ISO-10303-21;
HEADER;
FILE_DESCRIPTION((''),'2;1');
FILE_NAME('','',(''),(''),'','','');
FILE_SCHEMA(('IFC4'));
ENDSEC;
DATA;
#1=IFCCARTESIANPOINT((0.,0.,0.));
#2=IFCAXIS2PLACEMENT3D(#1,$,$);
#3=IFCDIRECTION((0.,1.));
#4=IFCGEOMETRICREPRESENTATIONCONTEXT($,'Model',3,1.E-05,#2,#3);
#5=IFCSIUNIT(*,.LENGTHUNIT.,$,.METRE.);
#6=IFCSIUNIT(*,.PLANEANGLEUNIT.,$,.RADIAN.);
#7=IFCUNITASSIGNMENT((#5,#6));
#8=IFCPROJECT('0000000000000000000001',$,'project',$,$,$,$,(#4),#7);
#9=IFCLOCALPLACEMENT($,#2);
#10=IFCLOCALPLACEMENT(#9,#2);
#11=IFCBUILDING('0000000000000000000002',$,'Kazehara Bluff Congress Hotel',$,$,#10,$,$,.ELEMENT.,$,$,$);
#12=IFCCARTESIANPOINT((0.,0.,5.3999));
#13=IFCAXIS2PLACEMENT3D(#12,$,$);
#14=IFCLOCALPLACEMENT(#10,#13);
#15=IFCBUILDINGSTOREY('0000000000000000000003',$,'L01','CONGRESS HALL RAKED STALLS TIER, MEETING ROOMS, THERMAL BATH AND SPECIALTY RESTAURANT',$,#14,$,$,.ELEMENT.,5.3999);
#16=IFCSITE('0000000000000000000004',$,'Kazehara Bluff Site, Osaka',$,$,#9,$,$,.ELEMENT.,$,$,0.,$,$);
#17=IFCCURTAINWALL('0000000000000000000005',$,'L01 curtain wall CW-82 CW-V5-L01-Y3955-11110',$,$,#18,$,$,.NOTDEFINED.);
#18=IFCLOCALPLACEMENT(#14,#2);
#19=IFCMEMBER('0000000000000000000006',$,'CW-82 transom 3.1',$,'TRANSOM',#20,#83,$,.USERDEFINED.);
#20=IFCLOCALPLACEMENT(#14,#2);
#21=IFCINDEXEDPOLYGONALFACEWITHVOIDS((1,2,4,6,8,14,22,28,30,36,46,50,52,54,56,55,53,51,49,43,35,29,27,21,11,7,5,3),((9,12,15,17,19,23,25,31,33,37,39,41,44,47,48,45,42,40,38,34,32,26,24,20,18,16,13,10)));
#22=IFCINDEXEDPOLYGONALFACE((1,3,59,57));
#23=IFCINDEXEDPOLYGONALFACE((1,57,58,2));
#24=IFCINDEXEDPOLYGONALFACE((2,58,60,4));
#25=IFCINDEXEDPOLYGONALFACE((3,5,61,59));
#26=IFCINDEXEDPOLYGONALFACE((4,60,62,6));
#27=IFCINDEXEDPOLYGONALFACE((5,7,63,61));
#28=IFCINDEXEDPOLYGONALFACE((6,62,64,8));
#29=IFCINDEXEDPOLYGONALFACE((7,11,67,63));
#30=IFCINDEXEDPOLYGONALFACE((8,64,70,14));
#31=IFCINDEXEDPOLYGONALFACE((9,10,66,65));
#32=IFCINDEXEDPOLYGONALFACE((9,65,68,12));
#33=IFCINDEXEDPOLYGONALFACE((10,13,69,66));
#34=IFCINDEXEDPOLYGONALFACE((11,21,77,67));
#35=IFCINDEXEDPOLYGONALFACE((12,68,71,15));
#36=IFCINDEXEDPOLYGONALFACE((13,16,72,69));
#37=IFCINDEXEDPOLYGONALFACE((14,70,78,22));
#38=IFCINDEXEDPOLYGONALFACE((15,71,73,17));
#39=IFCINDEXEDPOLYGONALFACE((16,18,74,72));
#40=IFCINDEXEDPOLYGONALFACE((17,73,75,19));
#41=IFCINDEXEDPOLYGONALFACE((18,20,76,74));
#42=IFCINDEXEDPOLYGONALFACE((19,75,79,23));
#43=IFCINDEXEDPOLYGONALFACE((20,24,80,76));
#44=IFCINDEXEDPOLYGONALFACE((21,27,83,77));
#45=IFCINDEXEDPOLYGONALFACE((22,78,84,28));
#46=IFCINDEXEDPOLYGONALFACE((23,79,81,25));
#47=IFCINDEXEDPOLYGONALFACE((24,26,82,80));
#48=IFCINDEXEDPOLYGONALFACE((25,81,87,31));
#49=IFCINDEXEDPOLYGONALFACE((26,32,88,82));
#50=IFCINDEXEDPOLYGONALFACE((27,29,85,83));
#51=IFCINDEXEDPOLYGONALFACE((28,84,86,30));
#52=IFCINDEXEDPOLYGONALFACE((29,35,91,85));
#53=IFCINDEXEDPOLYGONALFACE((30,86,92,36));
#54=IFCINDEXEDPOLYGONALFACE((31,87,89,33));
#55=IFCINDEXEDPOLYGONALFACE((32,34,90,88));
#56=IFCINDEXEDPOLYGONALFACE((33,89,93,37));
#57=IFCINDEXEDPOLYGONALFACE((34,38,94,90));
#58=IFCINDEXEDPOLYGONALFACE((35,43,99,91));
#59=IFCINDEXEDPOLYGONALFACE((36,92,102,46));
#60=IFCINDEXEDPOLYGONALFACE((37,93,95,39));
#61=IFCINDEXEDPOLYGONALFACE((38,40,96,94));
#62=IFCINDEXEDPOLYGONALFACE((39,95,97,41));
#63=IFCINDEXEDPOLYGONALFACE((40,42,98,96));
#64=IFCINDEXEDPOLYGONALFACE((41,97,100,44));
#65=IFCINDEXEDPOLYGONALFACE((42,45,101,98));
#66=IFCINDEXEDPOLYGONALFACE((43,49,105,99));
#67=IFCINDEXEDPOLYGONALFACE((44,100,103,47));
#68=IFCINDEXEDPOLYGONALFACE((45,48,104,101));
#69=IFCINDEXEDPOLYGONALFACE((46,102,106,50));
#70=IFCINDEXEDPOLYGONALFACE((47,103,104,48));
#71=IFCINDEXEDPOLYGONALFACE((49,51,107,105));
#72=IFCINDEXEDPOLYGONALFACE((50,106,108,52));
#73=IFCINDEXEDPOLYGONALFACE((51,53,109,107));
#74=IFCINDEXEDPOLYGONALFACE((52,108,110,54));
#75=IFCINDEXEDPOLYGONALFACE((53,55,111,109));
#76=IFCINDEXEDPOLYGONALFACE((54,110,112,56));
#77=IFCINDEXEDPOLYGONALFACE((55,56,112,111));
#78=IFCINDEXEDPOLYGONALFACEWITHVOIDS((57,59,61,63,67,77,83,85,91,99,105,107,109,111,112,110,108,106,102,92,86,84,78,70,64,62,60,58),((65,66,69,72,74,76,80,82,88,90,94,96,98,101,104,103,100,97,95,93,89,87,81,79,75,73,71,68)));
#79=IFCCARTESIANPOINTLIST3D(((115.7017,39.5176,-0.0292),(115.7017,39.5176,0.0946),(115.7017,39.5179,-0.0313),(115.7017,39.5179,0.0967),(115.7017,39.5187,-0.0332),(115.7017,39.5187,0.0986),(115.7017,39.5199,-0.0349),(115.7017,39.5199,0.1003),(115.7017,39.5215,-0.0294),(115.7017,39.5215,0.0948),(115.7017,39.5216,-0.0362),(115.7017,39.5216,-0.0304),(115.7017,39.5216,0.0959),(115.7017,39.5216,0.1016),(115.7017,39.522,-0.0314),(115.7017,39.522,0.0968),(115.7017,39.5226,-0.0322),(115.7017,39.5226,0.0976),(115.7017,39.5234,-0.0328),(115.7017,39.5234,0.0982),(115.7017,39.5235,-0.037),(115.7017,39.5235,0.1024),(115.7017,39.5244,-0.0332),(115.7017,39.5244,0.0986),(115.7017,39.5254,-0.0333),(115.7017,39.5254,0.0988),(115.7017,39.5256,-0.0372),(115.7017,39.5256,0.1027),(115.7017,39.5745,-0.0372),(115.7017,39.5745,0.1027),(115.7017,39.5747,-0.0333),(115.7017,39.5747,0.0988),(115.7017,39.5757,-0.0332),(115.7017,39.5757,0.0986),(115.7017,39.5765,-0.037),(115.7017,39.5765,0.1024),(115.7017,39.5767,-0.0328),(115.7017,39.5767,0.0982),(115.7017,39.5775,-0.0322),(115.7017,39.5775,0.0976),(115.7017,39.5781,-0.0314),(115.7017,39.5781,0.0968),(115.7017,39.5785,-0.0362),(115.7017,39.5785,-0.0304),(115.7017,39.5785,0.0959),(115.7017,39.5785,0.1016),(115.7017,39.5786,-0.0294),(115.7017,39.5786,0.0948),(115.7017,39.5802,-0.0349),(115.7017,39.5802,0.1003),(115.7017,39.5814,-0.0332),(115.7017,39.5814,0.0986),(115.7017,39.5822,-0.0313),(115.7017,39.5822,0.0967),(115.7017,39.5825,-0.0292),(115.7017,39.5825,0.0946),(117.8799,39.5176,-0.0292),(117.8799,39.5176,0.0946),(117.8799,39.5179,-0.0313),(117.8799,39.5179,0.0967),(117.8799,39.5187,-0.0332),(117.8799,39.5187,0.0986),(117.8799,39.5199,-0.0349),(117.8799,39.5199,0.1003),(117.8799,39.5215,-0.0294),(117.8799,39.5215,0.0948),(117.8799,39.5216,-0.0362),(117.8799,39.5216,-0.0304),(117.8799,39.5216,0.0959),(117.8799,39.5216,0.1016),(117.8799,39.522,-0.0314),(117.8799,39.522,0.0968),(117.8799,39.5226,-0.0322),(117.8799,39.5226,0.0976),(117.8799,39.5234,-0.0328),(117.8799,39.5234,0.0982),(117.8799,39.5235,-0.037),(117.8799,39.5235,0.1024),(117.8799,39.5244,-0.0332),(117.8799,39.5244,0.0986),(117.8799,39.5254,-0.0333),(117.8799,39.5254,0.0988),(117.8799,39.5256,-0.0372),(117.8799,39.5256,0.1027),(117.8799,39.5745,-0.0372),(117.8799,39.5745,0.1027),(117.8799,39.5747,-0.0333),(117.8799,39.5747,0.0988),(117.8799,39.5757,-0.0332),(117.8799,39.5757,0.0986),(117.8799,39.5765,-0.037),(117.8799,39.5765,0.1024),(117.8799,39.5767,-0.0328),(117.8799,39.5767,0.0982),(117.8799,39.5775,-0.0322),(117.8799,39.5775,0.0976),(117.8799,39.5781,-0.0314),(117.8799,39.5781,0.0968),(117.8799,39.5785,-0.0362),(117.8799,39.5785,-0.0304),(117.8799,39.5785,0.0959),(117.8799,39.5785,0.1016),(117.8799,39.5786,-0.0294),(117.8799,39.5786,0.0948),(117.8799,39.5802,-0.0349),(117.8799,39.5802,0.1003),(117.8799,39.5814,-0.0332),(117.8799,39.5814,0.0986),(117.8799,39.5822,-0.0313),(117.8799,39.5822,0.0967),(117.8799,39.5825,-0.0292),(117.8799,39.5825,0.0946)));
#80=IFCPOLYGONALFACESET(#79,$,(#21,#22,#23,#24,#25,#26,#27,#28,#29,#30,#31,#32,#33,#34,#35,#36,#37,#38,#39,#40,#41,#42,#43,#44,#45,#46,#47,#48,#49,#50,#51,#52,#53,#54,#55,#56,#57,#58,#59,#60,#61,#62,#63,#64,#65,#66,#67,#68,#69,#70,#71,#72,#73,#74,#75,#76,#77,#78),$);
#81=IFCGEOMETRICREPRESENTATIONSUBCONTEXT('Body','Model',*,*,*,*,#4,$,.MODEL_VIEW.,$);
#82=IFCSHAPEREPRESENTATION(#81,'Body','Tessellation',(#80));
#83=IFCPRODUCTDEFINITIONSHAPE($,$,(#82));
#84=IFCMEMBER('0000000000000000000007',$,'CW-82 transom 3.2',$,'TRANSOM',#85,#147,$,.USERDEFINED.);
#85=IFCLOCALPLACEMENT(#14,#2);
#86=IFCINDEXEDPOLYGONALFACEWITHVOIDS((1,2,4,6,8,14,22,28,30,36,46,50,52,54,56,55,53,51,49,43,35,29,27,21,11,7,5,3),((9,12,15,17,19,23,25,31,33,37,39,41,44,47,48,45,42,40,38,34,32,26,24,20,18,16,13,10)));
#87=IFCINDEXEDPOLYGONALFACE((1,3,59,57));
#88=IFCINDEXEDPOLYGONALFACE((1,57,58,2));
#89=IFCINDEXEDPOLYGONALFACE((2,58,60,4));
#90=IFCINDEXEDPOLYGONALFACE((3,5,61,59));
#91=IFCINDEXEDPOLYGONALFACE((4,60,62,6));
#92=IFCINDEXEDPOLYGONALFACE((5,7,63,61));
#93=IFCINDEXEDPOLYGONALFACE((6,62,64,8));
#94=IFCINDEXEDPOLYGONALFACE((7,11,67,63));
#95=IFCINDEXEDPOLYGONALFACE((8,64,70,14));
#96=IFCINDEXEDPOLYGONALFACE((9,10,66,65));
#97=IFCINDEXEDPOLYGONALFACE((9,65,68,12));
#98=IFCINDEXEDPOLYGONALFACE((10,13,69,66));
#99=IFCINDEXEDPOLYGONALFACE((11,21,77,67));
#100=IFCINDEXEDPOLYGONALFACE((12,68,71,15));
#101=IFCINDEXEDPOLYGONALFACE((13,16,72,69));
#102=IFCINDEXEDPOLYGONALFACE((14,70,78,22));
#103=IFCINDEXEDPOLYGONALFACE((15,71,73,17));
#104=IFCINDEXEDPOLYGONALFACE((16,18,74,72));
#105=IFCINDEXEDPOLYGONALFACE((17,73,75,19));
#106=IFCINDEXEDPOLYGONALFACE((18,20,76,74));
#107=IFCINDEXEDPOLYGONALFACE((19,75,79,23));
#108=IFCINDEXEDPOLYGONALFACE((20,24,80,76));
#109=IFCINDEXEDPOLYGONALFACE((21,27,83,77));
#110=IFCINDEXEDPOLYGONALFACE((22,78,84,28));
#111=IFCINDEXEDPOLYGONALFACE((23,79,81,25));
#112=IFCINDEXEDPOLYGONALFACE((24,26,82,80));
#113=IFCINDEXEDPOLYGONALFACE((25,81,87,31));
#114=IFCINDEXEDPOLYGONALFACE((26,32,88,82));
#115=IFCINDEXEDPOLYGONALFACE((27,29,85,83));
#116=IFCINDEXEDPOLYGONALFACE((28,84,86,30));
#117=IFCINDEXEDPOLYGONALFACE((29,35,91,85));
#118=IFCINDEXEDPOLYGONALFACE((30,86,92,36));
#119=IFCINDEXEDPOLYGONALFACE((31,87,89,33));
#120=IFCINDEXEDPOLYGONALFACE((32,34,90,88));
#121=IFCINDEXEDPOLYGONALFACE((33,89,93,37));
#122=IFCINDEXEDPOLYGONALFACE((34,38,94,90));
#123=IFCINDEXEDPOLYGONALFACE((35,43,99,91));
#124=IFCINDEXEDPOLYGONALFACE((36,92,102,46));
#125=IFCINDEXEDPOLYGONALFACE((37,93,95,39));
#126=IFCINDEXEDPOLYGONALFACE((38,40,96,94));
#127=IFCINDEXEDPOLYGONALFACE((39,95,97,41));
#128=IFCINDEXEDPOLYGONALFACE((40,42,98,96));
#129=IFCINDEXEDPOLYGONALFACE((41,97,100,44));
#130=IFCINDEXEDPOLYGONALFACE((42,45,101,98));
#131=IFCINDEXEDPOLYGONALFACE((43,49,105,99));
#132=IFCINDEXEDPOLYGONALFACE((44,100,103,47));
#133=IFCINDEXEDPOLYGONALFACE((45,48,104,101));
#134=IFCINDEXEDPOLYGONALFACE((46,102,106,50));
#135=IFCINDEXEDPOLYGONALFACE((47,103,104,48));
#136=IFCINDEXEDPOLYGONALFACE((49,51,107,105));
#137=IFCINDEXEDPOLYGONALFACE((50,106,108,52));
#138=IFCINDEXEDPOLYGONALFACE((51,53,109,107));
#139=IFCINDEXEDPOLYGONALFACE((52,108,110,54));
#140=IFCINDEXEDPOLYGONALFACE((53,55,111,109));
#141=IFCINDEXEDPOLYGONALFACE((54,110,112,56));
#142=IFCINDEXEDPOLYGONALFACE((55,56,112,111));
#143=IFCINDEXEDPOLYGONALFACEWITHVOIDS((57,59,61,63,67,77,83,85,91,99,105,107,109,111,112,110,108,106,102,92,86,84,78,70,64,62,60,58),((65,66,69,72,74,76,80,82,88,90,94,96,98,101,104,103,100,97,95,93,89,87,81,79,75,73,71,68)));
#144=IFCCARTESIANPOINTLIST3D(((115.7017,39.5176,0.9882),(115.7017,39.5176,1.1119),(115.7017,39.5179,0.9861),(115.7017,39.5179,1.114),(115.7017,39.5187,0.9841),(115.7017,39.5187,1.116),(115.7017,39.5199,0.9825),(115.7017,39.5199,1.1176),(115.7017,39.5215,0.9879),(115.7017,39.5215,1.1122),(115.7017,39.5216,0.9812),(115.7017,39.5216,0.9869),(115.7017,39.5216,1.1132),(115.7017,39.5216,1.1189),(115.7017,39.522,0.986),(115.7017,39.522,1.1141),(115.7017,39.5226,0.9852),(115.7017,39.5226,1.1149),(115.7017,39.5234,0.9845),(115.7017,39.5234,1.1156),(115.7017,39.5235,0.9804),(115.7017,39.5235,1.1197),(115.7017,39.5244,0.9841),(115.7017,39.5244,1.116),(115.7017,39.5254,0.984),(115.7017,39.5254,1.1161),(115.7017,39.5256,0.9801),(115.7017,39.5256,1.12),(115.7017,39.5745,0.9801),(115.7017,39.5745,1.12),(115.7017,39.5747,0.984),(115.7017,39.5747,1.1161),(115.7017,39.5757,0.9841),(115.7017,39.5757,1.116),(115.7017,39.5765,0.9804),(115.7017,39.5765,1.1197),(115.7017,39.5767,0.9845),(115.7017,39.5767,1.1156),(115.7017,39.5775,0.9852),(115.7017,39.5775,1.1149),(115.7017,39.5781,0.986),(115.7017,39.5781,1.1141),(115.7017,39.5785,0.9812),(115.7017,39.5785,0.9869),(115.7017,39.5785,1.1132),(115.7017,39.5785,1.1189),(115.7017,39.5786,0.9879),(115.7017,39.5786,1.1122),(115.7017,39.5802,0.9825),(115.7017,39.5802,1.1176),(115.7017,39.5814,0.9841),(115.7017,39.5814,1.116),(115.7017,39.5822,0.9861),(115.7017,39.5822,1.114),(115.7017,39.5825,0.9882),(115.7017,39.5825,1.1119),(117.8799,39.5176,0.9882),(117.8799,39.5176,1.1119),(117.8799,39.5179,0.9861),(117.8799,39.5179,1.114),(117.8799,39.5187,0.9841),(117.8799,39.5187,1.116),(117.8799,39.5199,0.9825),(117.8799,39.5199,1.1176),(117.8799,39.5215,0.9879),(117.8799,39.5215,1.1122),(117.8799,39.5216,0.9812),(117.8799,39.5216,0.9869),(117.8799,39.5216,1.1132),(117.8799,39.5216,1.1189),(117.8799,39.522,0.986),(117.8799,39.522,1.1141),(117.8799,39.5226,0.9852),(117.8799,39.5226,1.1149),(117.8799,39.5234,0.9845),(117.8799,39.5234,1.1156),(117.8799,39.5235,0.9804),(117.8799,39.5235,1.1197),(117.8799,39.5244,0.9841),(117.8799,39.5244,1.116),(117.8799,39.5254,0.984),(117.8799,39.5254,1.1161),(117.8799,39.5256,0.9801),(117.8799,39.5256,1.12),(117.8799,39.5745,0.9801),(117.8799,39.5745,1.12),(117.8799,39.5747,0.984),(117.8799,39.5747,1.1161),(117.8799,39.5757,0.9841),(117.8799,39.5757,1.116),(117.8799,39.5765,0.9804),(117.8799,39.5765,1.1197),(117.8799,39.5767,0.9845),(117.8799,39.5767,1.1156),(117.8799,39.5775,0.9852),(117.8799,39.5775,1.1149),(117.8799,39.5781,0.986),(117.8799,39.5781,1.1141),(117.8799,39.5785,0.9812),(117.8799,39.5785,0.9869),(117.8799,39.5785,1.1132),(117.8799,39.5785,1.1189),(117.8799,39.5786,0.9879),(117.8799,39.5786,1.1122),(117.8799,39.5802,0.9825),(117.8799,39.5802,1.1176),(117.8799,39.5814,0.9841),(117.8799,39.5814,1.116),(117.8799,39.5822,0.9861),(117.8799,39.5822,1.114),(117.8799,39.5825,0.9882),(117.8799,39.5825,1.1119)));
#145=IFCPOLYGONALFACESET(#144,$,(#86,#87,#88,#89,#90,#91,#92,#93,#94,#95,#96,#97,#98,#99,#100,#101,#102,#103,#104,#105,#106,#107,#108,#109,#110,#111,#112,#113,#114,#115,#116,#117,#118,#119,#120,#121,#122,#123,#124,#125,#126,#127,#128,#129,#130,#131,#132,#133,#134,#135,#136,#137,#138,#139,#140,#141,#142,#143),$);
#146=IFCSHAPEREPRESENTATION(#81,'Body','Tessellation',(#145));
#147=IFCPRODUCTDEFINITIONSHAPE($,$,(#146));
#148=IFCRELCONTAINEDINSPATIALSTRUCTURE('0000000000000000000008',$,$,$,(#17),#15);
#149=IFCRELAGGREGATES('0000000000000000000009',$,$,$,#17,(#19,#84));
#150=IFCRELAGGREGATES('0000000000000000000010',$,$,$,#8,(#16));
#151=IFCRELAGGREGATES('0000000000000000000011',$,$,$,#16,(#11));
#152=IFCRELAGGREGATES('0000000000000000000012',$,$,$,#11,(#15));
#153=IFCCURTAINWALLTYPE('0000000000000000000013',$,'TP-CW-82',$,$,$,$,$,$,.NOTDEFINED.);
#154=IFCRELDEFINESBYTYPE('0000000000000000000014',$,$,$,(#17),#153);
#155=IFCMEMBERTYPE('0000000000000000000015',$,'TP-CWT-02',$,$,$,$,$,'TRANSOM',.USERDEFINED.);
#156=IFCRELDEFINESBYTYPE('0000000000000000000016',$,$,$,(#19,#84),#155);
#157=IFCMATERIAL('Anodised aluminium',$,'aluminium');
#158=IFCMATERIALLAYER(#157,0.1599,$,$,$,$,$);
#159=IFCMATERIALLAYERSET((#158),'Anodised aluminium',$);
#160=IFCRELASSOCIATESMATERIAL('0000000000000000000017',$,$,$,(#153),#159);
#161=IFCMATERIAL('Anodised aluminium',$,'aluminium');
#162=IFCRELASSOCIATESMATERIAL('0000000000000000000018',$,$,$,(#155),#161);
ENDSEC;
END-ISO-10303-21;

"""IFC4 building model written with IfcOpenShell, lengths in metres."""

from ifc_helpers import new_model, si_unit, direction, frame, origin, origin_2d, place, context, subcontext, project, spatial, hollow_rectangle, extrude, material, layer, layer_set, material_profile, profile_set, type_object, element, aggregate, save


model = new_model("IFC4")

# Units and contexts
model_context = context("Model", 3, precision=1e-05, world=origin(), true_north=direction((0.0, 1.0)))
body_context = subcontext(model_context, "Body", "Model", "MODEL_VIEW")
ifc_project = project(units=[si_unit("LENGTHUNIT", "METRE"), si_unit("PLANEANGLEUNIT", "RADIAN")], contexts=[model_context])

# Site, building, storey
site_placement = place(None, origin())
site = spatial("IfcSite", under=ifc_project, at=site_placement, Name="Kazehara Bluff Site, Osaka", CompositionType="ELEMENT", RefElevation=0.0)
building_placement = place(site_placement, origin())
building = spatial("IfcBuilding", under=site, at=building_placement, Name="Kazehara Bluff Congress Hotel", CompositionType="ELEMENT")
storey_placement = place(building_placement, frame((0.0, 0.0, 5.3999)))
storey = spatial("IfcBuildingStorey", under=building, at=storey_placement, Name="L01", Description="CONGRESS HALL RAKED STALLS TIER, MEETING ROOMS, THERMAL BATH AND SPECIALTY RESTAURANT", CompositionType="ELEMENT", Elevation=5.3999)

# Curtain wall, members
ifc_material_1 = material(Name="Anodised aluminium", Category="aluminium")
ifc_layer_1 = layer(ifc_material_1, 0.1599)
ifc_layer_set_1 = layer_set([ifc_layer_1], Name="Anodised aluminium")
curtain_wall_type = type_object("IfcCurtainWallType", Name="TP-CW-82", PredefinedType="NOTDEFINED", material=ifc_layer_set_1)
curtain_wall_placement = place(storey_placement, origin())
curtain_wall = element("IfcCurtainWall", 1, at=curtain_wall_placement, inside=storey, type_object=curtain_wall_type, Name="L01 curtain wall CW-82 CW-V5-L01-Y3955-11110", PredefinedType="NOTDEFINED")
ifc_material_2 = material(Name="Anodised aluminium", Category="aluminium")
ifc_material_profile_1 = material_profile(ifc_material_2, hollow_rectangle(XDim=0.0649, YDim=0.1399, WallThickness=0.0039, InnerFilletRadius=0.0039, OuterFilletRadius=0.0081, at=origin_2d()))
ifc_profile_set_1 = profile_set([ifc_material_profile_1], Name="Anodised aluminium")
member_type_1 = type_object("IfcMemberType", Name="TP-CWT-02", ElementType="TRANSOM", PredefinedType="USERDEFINED", material=ifc_profile_set_1)
member_1_placement = place(storey_placement, frame((115.7017, 39.55, 0.0327), z_axis=(1.0, 0.0, 0.0), x_axis=(0.0, 1.0, 0.0)))
member_1 = element("IfcMember", 2, at=member_1_placement, type_object=member_type_1, Name="CW-82 transom 3.1", ObjectType="TRANSOM", PredefinedType="USERDEFINED", context=body_context, shape_type="SweptSolid", body=[
    extrude(hollow_rectangle(XDim=0.0649, YDim=0.1399, WallThickness=0.0039, InnerFilletRadius=0.0039, OuterFilletRadius=0.0081, at=origin_2d()), origin(), (0.0, 0.0, 1.0), 2.1782),
])
member_2_placement = place(storey_placement, frame((115.7017, 39.55, 1.05), z_axis=(1.0, 0.0, 0.0), x_axis=(0.0, 1.0, 0.0)))
member_2 = element("IfcMember", 3, at=member_2_placement, type_object=member_type_1, Name="CW-82 transom 3.2", ObjectType="TRANSOM", PredefinedType="USERDEFINED", context=body_context, shape_type="SweptSolid", body=[
    extrude(hollow_rectangle(XDim=0.0649, YDim=0.1399, WallThickness=0.0039, InnerFilletRadius=0.0039, OuterFilletRadius=0.0081, at=origin_2d()), origin(), (0.0, 0.0, 1.0), 2.1782),
])

aggregate(curtain_wall, [member_1, member_2])

save(model, "model.ifc")
